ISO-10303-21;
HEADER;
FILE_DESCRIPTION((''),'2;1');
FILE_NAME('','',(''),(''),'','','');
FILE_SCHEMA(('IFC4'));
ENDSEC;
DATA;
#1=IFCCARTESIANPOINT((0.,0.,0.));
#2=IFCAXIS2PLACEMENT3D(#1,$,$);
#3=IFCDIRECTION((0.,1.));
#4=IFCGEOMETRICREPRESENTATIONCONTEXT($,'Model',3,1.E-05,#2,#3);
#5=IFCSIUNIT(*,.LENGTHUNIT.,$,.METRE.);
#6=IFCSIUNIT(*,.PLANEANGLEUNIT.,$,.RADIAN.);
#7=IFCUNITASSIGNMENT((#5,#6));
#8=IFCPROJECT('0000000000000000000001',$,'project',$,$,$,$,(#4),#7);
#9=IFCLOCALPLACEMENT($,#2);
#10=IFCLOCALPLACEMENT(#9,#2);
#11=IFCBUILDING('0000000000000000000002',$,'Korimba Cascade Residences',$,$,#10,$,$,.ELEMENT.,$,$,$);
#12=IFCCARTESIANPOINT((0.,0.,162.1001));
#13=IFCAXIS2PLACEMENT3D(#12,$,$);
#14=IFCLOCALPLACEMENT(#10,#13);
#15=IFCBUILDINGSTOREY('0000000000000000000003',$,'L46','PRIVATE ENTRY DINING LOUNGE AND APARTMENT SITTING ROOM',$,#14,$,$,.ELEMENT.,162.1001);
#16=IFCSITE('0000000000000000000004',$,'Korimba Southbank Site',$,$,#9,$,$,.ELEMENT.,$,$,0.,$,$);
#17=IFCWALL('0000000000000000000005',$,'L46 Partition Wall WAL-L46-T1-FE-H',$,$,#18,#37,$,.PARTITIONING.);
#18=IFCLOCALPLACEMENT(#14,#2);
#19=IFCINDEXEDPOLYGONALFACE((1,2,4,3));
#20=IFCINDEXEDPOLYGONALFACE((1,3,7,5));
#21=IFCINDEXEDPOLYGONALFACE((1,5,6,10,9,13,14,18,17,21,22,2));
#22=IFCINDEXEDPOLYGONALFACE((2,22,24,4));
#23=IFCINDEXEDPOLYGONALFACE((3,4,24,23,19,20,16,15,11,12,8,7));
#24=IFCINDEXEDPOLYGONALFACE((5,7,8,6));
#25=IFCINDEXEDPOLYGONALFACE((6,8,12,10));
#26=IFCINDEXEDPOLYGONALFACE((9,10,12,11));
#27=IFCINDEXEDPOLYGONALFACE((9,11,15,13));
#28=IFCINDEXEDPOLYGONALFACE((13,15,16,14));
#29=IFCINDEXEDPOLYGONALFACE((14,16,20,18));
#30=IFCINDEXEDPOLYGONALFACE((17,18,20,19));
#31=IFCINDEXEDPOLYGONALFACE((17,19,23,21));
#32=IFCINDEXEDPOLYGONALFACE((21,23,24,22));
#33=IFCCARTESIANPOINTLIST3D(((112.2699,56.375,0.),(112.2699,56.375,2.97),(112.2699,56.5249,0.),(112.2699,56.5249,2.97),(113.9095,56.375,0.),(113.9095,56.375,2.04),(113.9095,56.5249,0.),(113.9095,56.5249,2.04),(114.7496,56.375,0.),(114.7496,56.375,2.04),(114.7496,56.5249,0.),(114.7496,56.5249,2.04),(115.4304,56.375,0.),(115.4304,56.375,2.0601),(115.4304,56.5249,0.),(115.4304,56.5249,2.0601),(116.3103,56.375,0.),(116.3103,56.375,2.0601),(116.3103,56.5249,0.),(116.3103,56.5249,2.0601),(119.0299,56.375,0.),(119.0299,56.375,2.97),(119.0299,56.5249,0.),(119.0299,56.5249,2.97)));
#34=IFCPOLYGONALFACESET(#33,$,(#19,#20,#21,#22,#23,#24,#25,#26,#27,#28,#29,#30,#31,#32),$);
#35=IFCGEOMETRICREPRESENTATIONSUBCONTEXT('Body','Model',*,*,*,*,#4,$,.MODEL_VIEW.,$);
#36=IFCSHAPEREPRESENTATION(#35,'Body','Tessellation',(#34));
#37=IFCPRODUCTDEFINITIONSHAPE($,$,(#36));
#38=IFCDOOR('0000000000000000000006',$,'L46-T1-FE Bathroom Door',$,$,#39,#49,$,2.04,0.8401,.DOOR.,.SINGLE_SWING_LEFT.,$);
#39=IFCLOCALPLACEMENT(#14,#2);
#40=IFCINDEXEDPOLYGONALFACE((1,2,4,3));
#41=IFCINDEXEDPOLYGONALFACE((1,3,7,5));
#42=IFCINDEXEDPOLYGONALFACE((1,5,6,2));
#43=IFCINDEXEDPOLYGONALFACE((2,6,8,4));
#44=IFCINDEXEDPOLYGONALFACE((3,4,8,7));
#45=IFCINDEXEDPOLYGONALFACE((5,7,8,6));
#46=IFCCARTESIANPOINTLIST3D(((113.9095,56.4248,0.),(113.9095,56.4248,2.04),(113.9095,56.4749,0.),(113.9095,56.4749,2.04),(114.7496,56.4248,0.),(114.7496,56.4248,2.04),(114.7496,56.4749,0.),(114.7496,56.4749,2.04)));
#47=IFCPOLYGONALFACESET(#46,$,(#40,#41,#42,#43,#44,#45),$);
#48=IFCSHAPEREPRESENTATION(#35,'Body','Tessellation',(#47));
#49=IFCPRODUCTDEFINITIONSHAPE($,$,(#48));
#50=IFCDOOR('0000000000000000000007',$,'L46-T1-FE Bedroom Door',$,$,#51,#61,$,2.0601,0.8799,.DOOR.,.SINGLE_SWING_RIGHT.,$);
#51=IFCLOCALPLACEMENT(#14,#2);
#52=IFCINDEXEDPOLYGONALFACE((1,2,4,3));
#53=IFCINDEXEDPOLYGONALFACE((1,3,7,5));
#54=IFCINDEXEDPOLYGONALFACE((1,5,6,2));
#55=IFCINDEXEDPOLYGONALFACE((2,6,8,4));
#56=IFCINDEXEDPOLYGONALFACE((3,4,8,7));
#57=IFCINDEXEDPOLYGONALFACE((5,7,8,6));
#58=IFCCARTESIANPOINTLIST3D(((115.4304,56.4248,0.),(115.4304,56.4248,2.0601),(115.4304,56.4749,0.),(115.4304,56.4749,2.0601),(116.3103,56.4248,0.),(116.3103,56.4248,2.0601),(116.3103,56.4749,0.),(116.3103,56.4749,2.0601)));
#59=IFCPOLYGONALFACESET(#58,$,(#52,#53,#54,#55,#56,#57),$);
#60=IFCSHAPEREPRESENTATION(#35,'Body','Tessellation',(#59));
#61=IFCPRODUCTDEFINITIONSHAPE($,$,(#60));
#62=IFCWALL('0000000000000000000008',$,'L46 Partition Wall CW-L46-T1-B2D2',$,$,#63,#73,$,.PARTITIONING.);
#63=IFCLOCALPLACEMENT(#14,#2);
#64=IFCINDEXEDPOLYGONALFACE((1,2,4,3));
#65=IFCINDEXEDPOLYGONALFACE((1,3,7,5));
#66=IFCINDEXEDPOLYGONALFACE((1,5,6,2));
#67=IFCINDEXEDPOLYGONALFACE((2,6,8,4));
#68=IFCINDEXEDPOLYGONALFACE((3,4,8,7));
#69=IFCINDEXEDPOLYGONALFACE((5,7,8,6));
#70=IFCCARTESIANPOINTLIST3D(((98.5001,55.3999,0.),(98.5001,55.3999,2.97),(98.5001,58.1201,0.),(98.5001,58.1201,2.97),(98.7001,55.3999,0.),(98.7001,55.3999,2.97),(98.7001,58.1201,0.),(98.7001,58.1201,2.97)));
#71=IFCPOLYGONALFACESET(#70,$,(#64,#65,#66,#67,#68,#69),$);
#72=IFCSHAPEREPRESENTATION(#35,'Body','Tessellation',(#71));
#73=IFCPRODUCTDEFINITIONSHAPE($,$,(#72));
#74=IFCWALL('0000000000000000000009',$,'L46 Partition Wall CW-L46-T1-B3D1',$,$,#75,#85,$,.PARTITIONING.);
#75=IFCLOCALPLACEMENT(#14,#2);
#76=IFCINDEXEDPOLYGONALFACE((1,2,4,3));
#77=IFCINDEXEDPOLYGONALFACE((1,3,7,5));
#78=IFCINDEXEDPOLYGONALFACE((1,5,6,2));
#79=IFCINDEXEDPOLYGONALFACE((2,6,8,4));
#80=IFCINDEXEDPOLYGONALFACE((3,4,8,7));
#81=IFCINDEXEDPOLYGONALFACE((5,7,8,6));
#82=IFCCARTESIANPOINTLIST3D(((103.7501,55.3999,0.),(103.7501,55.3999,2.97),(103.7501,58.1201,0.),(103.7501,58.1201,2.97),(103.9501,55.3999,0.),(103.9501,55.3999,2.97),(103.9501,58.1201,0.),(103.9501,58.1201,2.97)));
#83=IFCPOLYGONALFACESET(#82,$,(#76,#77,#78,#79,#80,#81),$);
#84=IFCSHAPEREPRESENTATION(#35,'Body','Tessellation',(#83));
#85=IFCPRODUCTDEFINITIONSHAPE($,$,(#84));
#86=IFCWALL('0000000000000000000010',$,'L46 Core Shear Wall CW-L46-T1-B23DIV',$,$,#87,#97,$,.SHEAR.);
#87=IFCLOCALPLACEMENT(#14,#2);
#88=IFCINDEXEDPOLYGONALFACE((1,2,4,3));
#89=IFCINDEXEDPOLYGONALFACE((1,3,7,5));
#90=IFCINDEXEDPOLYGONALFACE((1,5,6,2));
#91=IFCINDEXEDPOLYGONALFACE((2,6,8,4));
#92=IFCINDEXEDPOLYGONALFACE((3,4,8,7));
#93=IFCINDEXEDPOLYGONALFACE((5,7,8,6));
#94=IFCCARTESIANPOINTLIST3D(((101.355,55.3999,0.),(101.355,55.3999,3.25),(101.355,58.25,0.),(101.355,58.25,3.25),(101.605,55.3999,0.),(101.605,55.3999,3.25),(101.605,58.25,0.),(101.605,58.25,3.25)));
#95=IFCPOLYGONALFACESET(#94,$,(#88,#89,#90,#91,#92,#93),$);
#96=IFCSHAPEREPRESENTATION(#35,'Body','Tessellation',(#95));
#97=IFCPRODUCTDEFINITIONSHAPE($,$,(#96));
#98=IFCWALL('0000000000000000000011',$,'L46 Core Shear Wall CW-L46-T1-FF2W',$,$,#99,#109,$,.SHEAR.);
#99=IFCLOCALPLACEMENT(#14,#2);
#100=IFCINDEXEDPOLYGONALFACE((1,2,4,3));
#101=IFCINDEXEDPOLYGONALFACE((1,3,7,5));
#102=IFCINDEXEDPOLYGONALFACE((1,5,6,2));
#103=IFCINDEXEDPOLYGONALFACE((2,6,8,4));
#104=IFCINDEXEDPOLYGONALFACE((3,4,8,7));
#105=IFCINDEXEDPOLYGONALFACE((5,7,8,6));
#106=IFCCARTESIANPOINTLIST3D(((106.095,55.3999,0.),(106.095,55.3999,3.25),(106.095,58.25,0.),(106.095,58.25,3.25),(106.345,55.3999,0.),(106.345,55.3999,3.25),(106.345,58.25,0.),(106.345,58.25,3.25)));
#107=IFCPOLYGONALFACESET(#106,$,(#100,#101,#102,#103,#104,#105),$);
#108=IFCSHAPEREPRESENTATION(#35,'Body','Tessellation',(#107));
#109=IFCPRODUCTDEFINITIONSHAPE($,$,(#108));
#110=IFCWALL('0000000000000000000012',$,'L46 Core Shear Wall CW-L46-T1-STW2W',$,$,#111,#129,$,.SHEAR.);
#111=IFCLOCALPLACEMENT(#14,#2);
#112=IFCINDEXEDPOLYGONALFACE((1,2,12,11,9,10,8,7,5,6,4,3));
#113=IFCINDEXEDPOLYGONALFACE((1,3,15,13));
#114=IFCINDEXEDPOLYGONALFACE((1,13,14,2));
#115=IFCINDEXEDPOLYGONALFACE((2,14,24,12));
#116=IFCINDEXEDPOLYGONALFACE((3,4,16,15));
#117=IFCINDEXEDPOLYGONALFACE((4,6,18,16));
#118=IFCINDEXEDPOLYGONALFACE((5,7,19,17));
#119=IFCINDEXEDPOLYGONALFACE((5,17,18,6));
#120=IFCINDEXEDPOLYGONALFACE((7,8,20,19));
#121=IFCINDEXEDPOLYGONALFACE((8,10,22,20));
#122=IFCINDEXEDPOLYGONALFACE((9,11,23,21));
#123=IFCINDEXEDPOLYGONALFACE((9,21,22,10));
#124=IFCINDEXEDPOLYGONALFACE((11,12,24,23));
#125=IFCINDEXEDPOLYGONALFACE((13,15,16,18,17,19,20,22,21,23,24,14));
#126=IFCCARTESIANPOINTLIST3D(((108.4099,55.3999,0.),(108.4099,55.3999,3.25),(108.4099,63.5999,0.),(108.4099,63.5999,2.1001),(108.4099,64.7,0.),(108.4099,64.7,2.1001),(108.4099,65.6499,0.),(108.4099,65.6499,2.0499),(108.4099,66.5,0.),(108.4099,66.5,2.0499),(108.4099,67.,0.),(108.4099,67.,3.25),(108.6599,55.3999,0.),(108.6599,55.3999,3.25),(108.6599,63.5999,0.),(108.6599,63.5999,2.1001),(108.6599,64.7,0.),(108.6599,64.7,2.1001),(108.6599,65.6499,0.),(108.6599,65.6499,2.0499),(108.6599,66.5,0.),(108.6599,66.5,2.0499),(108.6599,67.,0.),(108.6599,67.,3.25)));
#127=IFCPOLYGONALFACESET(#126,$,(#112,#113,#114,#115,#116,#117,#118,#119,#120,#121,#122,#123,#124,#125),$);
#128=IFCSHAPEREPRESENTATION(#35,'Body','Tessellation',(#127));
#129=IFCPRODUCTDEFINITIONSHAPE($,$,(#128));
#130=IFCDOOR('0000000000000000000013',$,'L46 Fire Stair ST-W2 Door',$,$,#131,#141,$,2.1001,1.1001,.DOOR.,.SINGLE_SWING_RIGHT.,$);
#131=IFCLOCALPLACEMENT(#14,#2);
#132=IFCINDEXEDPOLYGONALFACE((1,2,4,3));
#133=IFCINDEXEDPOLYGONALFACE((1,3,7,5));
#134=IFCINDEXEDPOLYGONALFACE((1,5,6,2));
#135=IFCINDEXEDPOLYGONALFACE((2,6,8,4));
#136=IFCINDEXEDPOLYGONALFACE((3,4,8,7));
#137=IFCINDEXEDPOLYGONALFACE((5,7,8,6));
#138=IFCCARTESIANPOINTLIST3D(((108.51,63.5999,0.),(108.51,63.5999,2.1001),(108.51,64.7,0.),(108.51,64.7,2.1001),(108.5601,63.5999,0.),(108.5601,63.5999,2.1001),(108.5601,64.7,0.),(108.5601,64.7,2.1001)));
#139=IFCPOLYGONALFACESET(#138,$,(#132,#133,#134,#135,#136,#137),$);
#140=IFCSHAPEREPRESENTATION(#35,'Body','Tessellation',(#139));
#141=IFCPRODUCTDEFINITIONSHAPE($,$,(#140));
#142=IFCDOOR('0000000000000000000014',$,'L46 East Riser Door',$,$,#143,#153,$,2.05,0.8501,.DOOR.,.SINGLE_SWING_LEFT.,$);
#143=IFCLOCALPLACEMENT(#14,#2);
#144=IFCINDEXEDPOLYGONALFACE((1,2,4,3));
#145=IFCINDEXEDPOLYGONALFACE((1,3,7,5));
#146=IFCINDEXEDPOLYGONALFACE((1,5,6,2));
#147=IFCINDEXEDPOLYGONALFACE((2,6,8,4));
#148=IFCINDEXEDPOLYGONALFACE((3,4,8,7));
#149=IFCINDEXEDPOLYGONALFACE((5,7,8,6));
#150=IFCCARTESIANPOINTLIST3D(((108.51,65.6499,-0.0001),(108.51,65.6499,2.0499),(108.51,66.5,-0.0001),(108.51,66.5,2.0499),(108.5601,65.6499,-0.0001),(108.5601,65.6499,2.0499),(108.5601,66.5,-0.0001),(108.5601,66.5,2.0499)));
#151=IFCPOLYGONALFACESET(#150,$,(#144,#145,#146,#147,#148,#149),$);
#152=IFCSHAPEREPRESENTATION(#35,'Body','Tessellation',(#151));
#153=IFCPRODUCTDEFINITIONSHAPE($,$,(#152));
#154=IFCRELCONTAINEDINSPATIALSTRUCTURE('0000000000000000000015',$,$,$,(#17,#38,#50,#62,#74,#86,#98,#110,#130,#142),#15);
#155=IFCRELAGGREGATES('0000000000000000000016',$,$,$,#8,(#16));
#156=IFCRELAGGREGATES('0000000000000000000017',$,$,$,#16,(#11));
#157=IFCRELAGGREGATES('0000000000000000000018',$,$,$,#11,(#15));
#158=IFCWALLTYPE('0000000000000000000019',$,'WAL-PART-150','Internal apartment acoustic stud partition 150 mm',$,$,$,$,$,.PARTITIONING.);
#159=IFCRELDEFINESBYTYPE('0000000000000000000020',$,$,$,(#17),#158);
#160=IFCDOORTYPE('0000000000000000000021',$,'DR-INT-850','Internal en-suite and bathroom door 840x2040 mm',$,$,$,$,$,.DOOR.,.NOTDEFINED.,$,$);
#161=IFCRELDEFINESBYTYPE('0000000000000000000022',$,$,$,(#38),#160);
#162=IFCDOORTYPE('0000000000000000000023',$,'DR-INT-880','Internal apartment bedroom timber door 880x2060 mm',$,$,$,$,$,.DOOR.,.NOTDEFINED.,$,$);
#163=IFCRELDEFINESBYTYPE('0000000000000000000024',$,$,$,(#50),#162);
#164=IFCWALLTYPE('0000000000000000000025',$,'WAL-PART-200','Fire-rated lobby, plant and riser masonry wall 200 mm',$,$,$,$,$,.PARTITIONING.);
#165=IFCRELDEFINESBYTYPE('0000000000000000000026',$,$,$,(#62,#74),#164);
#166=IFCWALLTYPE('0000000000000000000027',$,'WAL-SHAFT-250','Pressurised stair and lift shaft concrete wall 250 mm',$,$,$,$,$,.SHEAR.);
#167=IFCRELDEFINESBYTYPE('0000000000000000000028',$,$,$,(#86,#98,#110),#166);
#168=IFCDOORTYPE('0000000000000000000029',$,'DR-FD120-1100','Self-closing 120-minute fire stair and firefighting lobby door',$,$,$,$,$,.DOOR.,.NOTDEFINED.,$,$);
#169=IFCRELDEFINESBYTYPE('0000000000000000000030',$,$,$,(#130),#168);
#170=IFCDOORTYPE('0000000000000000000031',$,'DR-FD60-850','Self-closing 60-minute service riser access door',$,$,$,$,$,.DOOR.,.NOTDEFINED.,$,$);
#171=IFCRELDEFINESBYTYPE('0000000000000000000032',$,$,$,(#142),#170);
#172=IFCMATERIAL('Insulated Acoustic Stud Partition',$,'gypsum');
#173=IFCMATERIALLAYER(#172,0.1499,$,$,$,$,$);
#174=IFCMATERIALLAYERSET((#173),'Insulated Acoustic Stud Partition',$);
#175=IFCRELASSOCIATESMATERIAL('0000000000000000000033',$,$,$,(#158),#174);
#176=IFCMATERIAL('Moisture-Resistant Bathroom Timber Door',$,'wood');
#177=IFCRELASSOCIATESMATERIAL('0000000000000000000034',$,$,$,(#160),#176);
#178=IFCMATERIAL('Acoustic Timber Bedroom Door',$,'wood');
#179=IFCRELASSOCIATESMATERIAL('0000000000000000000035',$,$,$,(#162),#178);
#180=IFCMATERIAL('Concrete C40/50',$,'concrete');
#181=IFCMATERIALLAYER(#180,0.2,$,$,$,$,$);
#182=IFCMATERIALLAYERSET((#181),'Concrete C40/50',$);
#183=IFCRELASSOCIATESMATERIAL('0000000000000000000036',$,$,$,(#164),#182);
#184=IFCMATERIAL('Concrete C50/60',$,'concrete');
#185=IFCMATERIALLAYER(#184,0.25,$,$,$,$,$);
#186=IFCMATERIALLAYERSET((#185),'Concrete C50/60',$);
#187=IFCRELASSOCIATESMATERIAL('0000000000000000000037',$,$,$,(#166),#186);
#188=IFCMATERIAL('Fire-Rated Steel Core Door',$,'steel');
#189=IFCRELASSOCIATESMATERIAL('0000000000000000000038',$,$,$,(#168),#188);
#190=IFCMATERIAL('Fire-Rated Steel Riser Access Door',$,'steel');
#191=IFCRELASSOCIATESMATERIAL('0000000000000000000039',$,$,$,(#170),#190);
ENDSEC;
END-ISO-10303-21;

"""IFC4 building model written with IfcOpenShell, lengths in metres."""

from ifc_helpers import new_model, si_unit, direction, frame, frame_2d, origin, place, context, subcontext, project, spatial, rectangle, extrude, material, layer, layer_set, type_object, element, fill, save


model = new_model("IFC4")

# Units and contexts
model_context = context("Model", 3, precision=1e-05, world=origin(), true_north=direction((0.0, 1.0)))
body_context = subcontext(model_context, "Body", "Model", "MODEL_VIEW")
ifc_project = project(units=[si_unit("LENGTHUNIT", "METRE"), si_unit("PLANEANGLEUNIT", "RADIAN")], contexts=[model_context])

# Site, building, storey
site_placement = place(None, origin())
site = spatial("IfcSite", under=ifc_project, at=site_placement, Name="Korimba Southbank Site", CompositionType="ELEMENT", RefElevation=0.0)
building_placement = place(site_placement, origin())
building = spatial("IfcBuilding", under=site, at=building_placement, Name="Korimba Cascade Residences", CompositionType="ELEMENT")
storey_placement = place(building_placement, frame((0.0, 0.0, 162.1001)))
storey = spatial("IfcBuildingStorey", under=building, at=storey_placement, Name="L46", Description="PRIVATE ENTRY DINING LOUNGE AND APARTMENT SITTING ROOM", CompositionType="ELEMENT", Elevation=162.1001)

# Shared definitions
ifc_material_1 = material(Name="Insulated Acoustic Stud Partition", Category="gypsum")
ifc_layer_1 = layer(ifc_material_1, 0.1499)
ifc_layer_set_1 = layer_set([ifc_layer_1], Name="Insulated Acoustic Stud Partition")
wall_type_1 = type_object("IfcWallType", Name="WAL-PART-150", Description="Internal apartment acoustic stud partition 150 mm", PredefinedType="PARTITIONING", material=ifc_layer_set_1)

# Wall, openings, doors
wall_1_placement = place(storey_placement, frame((112.27, 56.45, 0.0), z_axis=(0.0, 0.0, 1.0), x_axis=(1.0, 0.0, 0.0)))
wall_1 = element("IfcWall", 1, at=wall_1_placement, inside=storey, type_object=wall_type_1, Name="L46 Partition Wall WAL-L46-T1-FE-H", PredefinedType="PARTITIONING", context=body_context, shape_type="SweptSolid", body=[
    extrude(rectangle(XDim=6.76, YDim=0.1499, at=frame_2d((3.3799, 0.0))), origin(), (0.0, 0.0, 1.0), 2.97),
])
opening_1_placement = place(wall_1_placement, frame((1.6396, 0.0, 0.0)))
opening_1 = element("IfcOpeningElement", 2, at=opening_1_placement, cuts=wall_1, PredefinedType="OPENING", context=body_context, shape_type="SweptSolid", body=[
    extrude(rectangle(XDim=0.8401, YDim=2.04, at=frame_2d((0.4199, 1.02))), frame((0.0, 0.085, 0.0), z_axis=(0.0, -1.0, 0.0), x_axis=(1.0, 0.0, 0.0)), (0.0, 0.0, 1.0), 0.1699),
])
opening_2_placement = place(wall_1_placement, frame((3.1604, 0.0, 0.0)))
opening_2 = element("IfcOpeningElement", 3, at=opening_2_placement, cuts=wall_1, PredefinedType="OPENING", context=body_context, shape_type="SweptSolid", body=[
    extrude(rectangle(XDim=0.8799, YDim=2.0601, at=frame_2d((0.4399, 1.03))), frame((0.0, 0.085, 0.0), z_axis=(0.0, -1.0, 0.0), x_axis=(1.0, 0.0, 0.0)), (0.0, 0.0, 1.0), 0.1699),
])
ifc_material_2 = material(Name="Moisture-Resistant Bathroom Timber Door", Category="wood")
door_type_1 = type_object("IfcDoorType", Name="DR-INT-850", Description="Internal en-suite and bathroom door 840x2040 mm", OperationType="NOTDEFINED", PredefinedType="DOOR", material=ifc_material_2)
door_1_placement = place(opening_1_placement, origin())
door_1 = element("IfcDoor", 4, at=door_1_placement, inside=storey, type_object=door_type_1, Name="L46-T1-FE Bathroom Door", OperationType="SINGLE_SWING_LEFT", OverallHeight=2.04, OverallWidth=0.8401, PredefinedType="DOOR", context=body_context, shape_type="SweptSolid", body=[
    extrude(rectangle(XDim=0.8401, YDim=2.04, at=frame_2d((0.4199, 1.02))), frame((0.0, 0.0249, 0.0), z_axis=(0.0, -1.0, 0.0), x_axis=(1.0, 0.0, 0.0)), (0.0, 0.0, 1.0), 0.05),
])
fill(opening_1, door_1)
ifc_material_3 = material(Name="Acoustic Timber Bedroom Door", Category="wood")
door_type_2 = type_object("IfcDoorType", Name="DR-INT-880", Description="Internal apartment bedroom timber door 880x2060 mm", OperationType="NOTDEFINED", PredefinedType="DOOR", material=ifc_material_3)
door_2_placement = place(opening_2_placement, origin())
door_2 = element("IfcDoor", 5, at=door_2_placement, inside=storey, type_object=door_type_2, Name="L46-T1-FE Bedroom Door", OperationType="SINGLE_SWING_RIGHT", OverallHeight=2.0601, OverallWidth=0.8799, PredefinedType="DOOR", context=body_context, shape_type="SweptSolid", body=[
    extrude(rectangle(XDim=0.8799, YDim=2.0601, at=frame_2d((0.4399, 1.03))), frame((0.0, 0.0249, 0.0), z_axis=(0.0, -1.0, 0.0), x_axis=(1.0, 0.0, 0.0)), (0.0, 0.0, 1.0), 0.05),
])
fill(opening_2, door_2)

# Walls
ifc_material_4 = material(Name="Concrete C40/50", Category="concrete")
ifc_layer_2 = layer(ifc_material_4, 0.2)
ifc_layer_set_2 = layer_set([ifc_layer_2], Name="Concrete C40/50")
wall_type_2 = type_object("IfcWallType", Name="WAL-PART-200", Description="Fire-rated lobby, plant and riser masonry wall 200 mm", PredefinedType="PARTITIONING", material=ifc_layer_set_2)
for number, where, z_axis, x_axis, name in (
    (6, (98.6001, 55.3999, 0.0), (0.0, 0.0, 1.0), (0.0, 1.0, 0.0), "L46 Partition Wall CW-L46-T1-B2D2"),
    (7, (103.8501, 55.3999, 0.0), (0.0, 0.0, 1.0), (0.0, 1.0, 0.0), "L46 Partition Wall CW-L46-T1-B3D1"),
):
    element("IfcWall", number, at=place(storey_placement, frame(where, z_axis=z_axis, x_axis=x_axis)), inside=storey, type_object=wall_type_2, Name=name, PredefinedType="PARTITIONING", context=body_context, shape_type="SweptSolid", body=[
        extrude(rectangle(XDim=2.7202, YDim=0.2, at=frame_2d((1.3601, 0.0))), origin(), (0.0, 0.0, 1.0), 2.97),
    ])
ifc_material_5 = material(Name="Concrete C50/60", Category="concrete")
ifc_layer_3 = layer(ifc_material_5, 0.25)
ifc_layer_set_3 = layer_set([ifc_layer_3], Name="Concrete C50/60")
wall_type_3 = type_object("IfcWallType", Name="WAL-SHAFT-250", Description="Pressurised stair and lift shaft concrete wall 250 mm", PredefinedType="SHEAR", material=ifc_layer_set_3)
for number, where, z_axis, x_axis, name in (
    (8, (101.48, 55.3999, 0.0), (0.0, 0.0, 1.0), (0.0, 1.0, 0.0), "L46 Core Shear Wall CW-L46-T1-B23DIV"),
    (9, (106.22, 55.3999, 0.0), (0.0, 0.0, 1.0), (0.0, 1.0, 0.0), "L46 Core Shear Wall CW-L46-T1-FF2W"),
):
    element("IfcWall", number, at=place(storey_placement, frame(where, z_axis=z_axis, x_axis=x_axis)), inside=storey, type_object=wall_type_3, Name=name, PredefinedType="SHEAR", context=body_context, shape_type="SweptSolid", body=[
        extrude(rectangle(XDim=2.8501, YDim=0.25, at=frame_2d((1.425, 0.0))), origin(), (0.0, 0.0, 1.0), 3.25),
    ])

# Wall, openings, doors
wall_2_placement = place(storey_placement, frame((108.5349, 55.3999, 0.0), z_axis=(0.0, 0.0, 1.0), x_axis=(0.0, 1.0, 0.0)))
wall_2 = element("IfcWall", 10, at=wall_2_placement, inside=storey, type_object=wall_type_3, Name="L46 Core Shear Wall CW-L46-T1-STW2W", PredefinedType="SHEAR", context=body_context, shape_type="SweptSolid", body=[
    extrude(rectangle(XDim=11.6001, YDim=0.25, at=frame_2d((5.8, 0.0))), origin(), (0.0, 0.0, 1.0), 3.25),
])
opening_3_placement = place(wall_2_placement, frame((8.2, 0.0, 0.0)))
opening_3 = element("IfcOpeningElement", 11, at=opening_3_placement, cuts=wall_2, PredefinedType="OPENING", context=body_context, shape_type="SweptSolid", body=[
    extrude(rectangle(XDim=1.1001, YDim=2.1001, at=frame_2d((0.55, 1.05))), frame((0.0, 0.135, 0.0), z_axis=(0.0, -1.0, 0.0), x_axis=(1.0, 0.0, 0.0)), (0.0, 0.0, 1.0), 0.27),
])
opening_4_placement = place(wall_2_placement, frame((10.25, 0.0, 0.0)))
opening_4 = element("IfcOpeningElement", 12, at=opening_4_placement, cuts=wall_2, PredefinedType="OPENING", context=body_context, shape_type="SweptSolid", body=[
    extrude(rectangle(XDim=0.8501, YDim=2.05, at=frame_2d((0.425, 1.0249))), frame((0.0, 0.135, 0.0), z_axis=(0.0, -1.0, 0.0), x_axis=(1.0, 0.0, 0.0)), (0.0, 0.0, 1.0), 0.27),
])
ifc_material_6 = material(Name="Fire-Rated Steel Core Door", Category="steel")
door_type_3 = type_object("IfcDoorType", Name="DR-FD120-1100", Description="Self-closing 120-minute fire stair and firefighting lobby door", OperationType="NOTDEFINED", PredefinedType="DOOR", material=ifc_material_6)
door_3_placement = place(opening_3_placement, origin())
door_3 = element("IfcDoor", 13, at=door_3_placement, inside=storey, type_object=door_type_3, Name="L46 Fire Stair ST-W2 Door", OperationType="SINGLE_SWING_RIGHT", OverallHeight=2.1001, OverallWidth=1.1001, PredefinedType="DOOR", context=body_context, shape_type="SweptSolid", body=[
    extrude(rectangle(XDim=1.1001, YDim=2.1001, at=frame_2d((0.55, 1.05))), frame((0.0, 0.0249, 0.0), z_axis=(0.0, -1.0, 0.0), x_axis=(1.0, 0.0, 0.0)), (0.0, 0.0, 1.0), 0.05),
])
fill(opening_3, door_3)
ifc_material_7 = material(Name="Fire-Rated Steel Riser Access Door", Category="steel")
door_type_4 = type_object("IfcDoorType", Name="DR-FD60-850", Description="Self-closing 60-minute service riser access door", OperationType="NOTDEFINED", PredefinedType="DOOR", material=ifc_material_7)
door_4_placement = place(opening_4_placement, origin())
door_4 = element("IfcDoor", 14, at=door_4_placement, inside=storey, type_object=door_type_4, Name="L46 East Riser Door", OperationType="SINGLE_SWING_LEFT", OverallHeight=2.05, OverallWidth=0.8501, PredefinedType="DOOR", context=body_context, shape_type="SweptSolid", body=[
    extrude(rectangle(XDim=0.8501, YDim=2.05, at=frame_2d((0.425, 1.0249))), frame((0.0, 0.0249, 0.0), z_axis=(0.0, -1.0, 0.0), x_axis=(1.0, 0.0, 0.0)), (0.0, 0.0, 1.0), 0.05),
])
fill(opening_4, door_4)

save(model, "model.ifc")
